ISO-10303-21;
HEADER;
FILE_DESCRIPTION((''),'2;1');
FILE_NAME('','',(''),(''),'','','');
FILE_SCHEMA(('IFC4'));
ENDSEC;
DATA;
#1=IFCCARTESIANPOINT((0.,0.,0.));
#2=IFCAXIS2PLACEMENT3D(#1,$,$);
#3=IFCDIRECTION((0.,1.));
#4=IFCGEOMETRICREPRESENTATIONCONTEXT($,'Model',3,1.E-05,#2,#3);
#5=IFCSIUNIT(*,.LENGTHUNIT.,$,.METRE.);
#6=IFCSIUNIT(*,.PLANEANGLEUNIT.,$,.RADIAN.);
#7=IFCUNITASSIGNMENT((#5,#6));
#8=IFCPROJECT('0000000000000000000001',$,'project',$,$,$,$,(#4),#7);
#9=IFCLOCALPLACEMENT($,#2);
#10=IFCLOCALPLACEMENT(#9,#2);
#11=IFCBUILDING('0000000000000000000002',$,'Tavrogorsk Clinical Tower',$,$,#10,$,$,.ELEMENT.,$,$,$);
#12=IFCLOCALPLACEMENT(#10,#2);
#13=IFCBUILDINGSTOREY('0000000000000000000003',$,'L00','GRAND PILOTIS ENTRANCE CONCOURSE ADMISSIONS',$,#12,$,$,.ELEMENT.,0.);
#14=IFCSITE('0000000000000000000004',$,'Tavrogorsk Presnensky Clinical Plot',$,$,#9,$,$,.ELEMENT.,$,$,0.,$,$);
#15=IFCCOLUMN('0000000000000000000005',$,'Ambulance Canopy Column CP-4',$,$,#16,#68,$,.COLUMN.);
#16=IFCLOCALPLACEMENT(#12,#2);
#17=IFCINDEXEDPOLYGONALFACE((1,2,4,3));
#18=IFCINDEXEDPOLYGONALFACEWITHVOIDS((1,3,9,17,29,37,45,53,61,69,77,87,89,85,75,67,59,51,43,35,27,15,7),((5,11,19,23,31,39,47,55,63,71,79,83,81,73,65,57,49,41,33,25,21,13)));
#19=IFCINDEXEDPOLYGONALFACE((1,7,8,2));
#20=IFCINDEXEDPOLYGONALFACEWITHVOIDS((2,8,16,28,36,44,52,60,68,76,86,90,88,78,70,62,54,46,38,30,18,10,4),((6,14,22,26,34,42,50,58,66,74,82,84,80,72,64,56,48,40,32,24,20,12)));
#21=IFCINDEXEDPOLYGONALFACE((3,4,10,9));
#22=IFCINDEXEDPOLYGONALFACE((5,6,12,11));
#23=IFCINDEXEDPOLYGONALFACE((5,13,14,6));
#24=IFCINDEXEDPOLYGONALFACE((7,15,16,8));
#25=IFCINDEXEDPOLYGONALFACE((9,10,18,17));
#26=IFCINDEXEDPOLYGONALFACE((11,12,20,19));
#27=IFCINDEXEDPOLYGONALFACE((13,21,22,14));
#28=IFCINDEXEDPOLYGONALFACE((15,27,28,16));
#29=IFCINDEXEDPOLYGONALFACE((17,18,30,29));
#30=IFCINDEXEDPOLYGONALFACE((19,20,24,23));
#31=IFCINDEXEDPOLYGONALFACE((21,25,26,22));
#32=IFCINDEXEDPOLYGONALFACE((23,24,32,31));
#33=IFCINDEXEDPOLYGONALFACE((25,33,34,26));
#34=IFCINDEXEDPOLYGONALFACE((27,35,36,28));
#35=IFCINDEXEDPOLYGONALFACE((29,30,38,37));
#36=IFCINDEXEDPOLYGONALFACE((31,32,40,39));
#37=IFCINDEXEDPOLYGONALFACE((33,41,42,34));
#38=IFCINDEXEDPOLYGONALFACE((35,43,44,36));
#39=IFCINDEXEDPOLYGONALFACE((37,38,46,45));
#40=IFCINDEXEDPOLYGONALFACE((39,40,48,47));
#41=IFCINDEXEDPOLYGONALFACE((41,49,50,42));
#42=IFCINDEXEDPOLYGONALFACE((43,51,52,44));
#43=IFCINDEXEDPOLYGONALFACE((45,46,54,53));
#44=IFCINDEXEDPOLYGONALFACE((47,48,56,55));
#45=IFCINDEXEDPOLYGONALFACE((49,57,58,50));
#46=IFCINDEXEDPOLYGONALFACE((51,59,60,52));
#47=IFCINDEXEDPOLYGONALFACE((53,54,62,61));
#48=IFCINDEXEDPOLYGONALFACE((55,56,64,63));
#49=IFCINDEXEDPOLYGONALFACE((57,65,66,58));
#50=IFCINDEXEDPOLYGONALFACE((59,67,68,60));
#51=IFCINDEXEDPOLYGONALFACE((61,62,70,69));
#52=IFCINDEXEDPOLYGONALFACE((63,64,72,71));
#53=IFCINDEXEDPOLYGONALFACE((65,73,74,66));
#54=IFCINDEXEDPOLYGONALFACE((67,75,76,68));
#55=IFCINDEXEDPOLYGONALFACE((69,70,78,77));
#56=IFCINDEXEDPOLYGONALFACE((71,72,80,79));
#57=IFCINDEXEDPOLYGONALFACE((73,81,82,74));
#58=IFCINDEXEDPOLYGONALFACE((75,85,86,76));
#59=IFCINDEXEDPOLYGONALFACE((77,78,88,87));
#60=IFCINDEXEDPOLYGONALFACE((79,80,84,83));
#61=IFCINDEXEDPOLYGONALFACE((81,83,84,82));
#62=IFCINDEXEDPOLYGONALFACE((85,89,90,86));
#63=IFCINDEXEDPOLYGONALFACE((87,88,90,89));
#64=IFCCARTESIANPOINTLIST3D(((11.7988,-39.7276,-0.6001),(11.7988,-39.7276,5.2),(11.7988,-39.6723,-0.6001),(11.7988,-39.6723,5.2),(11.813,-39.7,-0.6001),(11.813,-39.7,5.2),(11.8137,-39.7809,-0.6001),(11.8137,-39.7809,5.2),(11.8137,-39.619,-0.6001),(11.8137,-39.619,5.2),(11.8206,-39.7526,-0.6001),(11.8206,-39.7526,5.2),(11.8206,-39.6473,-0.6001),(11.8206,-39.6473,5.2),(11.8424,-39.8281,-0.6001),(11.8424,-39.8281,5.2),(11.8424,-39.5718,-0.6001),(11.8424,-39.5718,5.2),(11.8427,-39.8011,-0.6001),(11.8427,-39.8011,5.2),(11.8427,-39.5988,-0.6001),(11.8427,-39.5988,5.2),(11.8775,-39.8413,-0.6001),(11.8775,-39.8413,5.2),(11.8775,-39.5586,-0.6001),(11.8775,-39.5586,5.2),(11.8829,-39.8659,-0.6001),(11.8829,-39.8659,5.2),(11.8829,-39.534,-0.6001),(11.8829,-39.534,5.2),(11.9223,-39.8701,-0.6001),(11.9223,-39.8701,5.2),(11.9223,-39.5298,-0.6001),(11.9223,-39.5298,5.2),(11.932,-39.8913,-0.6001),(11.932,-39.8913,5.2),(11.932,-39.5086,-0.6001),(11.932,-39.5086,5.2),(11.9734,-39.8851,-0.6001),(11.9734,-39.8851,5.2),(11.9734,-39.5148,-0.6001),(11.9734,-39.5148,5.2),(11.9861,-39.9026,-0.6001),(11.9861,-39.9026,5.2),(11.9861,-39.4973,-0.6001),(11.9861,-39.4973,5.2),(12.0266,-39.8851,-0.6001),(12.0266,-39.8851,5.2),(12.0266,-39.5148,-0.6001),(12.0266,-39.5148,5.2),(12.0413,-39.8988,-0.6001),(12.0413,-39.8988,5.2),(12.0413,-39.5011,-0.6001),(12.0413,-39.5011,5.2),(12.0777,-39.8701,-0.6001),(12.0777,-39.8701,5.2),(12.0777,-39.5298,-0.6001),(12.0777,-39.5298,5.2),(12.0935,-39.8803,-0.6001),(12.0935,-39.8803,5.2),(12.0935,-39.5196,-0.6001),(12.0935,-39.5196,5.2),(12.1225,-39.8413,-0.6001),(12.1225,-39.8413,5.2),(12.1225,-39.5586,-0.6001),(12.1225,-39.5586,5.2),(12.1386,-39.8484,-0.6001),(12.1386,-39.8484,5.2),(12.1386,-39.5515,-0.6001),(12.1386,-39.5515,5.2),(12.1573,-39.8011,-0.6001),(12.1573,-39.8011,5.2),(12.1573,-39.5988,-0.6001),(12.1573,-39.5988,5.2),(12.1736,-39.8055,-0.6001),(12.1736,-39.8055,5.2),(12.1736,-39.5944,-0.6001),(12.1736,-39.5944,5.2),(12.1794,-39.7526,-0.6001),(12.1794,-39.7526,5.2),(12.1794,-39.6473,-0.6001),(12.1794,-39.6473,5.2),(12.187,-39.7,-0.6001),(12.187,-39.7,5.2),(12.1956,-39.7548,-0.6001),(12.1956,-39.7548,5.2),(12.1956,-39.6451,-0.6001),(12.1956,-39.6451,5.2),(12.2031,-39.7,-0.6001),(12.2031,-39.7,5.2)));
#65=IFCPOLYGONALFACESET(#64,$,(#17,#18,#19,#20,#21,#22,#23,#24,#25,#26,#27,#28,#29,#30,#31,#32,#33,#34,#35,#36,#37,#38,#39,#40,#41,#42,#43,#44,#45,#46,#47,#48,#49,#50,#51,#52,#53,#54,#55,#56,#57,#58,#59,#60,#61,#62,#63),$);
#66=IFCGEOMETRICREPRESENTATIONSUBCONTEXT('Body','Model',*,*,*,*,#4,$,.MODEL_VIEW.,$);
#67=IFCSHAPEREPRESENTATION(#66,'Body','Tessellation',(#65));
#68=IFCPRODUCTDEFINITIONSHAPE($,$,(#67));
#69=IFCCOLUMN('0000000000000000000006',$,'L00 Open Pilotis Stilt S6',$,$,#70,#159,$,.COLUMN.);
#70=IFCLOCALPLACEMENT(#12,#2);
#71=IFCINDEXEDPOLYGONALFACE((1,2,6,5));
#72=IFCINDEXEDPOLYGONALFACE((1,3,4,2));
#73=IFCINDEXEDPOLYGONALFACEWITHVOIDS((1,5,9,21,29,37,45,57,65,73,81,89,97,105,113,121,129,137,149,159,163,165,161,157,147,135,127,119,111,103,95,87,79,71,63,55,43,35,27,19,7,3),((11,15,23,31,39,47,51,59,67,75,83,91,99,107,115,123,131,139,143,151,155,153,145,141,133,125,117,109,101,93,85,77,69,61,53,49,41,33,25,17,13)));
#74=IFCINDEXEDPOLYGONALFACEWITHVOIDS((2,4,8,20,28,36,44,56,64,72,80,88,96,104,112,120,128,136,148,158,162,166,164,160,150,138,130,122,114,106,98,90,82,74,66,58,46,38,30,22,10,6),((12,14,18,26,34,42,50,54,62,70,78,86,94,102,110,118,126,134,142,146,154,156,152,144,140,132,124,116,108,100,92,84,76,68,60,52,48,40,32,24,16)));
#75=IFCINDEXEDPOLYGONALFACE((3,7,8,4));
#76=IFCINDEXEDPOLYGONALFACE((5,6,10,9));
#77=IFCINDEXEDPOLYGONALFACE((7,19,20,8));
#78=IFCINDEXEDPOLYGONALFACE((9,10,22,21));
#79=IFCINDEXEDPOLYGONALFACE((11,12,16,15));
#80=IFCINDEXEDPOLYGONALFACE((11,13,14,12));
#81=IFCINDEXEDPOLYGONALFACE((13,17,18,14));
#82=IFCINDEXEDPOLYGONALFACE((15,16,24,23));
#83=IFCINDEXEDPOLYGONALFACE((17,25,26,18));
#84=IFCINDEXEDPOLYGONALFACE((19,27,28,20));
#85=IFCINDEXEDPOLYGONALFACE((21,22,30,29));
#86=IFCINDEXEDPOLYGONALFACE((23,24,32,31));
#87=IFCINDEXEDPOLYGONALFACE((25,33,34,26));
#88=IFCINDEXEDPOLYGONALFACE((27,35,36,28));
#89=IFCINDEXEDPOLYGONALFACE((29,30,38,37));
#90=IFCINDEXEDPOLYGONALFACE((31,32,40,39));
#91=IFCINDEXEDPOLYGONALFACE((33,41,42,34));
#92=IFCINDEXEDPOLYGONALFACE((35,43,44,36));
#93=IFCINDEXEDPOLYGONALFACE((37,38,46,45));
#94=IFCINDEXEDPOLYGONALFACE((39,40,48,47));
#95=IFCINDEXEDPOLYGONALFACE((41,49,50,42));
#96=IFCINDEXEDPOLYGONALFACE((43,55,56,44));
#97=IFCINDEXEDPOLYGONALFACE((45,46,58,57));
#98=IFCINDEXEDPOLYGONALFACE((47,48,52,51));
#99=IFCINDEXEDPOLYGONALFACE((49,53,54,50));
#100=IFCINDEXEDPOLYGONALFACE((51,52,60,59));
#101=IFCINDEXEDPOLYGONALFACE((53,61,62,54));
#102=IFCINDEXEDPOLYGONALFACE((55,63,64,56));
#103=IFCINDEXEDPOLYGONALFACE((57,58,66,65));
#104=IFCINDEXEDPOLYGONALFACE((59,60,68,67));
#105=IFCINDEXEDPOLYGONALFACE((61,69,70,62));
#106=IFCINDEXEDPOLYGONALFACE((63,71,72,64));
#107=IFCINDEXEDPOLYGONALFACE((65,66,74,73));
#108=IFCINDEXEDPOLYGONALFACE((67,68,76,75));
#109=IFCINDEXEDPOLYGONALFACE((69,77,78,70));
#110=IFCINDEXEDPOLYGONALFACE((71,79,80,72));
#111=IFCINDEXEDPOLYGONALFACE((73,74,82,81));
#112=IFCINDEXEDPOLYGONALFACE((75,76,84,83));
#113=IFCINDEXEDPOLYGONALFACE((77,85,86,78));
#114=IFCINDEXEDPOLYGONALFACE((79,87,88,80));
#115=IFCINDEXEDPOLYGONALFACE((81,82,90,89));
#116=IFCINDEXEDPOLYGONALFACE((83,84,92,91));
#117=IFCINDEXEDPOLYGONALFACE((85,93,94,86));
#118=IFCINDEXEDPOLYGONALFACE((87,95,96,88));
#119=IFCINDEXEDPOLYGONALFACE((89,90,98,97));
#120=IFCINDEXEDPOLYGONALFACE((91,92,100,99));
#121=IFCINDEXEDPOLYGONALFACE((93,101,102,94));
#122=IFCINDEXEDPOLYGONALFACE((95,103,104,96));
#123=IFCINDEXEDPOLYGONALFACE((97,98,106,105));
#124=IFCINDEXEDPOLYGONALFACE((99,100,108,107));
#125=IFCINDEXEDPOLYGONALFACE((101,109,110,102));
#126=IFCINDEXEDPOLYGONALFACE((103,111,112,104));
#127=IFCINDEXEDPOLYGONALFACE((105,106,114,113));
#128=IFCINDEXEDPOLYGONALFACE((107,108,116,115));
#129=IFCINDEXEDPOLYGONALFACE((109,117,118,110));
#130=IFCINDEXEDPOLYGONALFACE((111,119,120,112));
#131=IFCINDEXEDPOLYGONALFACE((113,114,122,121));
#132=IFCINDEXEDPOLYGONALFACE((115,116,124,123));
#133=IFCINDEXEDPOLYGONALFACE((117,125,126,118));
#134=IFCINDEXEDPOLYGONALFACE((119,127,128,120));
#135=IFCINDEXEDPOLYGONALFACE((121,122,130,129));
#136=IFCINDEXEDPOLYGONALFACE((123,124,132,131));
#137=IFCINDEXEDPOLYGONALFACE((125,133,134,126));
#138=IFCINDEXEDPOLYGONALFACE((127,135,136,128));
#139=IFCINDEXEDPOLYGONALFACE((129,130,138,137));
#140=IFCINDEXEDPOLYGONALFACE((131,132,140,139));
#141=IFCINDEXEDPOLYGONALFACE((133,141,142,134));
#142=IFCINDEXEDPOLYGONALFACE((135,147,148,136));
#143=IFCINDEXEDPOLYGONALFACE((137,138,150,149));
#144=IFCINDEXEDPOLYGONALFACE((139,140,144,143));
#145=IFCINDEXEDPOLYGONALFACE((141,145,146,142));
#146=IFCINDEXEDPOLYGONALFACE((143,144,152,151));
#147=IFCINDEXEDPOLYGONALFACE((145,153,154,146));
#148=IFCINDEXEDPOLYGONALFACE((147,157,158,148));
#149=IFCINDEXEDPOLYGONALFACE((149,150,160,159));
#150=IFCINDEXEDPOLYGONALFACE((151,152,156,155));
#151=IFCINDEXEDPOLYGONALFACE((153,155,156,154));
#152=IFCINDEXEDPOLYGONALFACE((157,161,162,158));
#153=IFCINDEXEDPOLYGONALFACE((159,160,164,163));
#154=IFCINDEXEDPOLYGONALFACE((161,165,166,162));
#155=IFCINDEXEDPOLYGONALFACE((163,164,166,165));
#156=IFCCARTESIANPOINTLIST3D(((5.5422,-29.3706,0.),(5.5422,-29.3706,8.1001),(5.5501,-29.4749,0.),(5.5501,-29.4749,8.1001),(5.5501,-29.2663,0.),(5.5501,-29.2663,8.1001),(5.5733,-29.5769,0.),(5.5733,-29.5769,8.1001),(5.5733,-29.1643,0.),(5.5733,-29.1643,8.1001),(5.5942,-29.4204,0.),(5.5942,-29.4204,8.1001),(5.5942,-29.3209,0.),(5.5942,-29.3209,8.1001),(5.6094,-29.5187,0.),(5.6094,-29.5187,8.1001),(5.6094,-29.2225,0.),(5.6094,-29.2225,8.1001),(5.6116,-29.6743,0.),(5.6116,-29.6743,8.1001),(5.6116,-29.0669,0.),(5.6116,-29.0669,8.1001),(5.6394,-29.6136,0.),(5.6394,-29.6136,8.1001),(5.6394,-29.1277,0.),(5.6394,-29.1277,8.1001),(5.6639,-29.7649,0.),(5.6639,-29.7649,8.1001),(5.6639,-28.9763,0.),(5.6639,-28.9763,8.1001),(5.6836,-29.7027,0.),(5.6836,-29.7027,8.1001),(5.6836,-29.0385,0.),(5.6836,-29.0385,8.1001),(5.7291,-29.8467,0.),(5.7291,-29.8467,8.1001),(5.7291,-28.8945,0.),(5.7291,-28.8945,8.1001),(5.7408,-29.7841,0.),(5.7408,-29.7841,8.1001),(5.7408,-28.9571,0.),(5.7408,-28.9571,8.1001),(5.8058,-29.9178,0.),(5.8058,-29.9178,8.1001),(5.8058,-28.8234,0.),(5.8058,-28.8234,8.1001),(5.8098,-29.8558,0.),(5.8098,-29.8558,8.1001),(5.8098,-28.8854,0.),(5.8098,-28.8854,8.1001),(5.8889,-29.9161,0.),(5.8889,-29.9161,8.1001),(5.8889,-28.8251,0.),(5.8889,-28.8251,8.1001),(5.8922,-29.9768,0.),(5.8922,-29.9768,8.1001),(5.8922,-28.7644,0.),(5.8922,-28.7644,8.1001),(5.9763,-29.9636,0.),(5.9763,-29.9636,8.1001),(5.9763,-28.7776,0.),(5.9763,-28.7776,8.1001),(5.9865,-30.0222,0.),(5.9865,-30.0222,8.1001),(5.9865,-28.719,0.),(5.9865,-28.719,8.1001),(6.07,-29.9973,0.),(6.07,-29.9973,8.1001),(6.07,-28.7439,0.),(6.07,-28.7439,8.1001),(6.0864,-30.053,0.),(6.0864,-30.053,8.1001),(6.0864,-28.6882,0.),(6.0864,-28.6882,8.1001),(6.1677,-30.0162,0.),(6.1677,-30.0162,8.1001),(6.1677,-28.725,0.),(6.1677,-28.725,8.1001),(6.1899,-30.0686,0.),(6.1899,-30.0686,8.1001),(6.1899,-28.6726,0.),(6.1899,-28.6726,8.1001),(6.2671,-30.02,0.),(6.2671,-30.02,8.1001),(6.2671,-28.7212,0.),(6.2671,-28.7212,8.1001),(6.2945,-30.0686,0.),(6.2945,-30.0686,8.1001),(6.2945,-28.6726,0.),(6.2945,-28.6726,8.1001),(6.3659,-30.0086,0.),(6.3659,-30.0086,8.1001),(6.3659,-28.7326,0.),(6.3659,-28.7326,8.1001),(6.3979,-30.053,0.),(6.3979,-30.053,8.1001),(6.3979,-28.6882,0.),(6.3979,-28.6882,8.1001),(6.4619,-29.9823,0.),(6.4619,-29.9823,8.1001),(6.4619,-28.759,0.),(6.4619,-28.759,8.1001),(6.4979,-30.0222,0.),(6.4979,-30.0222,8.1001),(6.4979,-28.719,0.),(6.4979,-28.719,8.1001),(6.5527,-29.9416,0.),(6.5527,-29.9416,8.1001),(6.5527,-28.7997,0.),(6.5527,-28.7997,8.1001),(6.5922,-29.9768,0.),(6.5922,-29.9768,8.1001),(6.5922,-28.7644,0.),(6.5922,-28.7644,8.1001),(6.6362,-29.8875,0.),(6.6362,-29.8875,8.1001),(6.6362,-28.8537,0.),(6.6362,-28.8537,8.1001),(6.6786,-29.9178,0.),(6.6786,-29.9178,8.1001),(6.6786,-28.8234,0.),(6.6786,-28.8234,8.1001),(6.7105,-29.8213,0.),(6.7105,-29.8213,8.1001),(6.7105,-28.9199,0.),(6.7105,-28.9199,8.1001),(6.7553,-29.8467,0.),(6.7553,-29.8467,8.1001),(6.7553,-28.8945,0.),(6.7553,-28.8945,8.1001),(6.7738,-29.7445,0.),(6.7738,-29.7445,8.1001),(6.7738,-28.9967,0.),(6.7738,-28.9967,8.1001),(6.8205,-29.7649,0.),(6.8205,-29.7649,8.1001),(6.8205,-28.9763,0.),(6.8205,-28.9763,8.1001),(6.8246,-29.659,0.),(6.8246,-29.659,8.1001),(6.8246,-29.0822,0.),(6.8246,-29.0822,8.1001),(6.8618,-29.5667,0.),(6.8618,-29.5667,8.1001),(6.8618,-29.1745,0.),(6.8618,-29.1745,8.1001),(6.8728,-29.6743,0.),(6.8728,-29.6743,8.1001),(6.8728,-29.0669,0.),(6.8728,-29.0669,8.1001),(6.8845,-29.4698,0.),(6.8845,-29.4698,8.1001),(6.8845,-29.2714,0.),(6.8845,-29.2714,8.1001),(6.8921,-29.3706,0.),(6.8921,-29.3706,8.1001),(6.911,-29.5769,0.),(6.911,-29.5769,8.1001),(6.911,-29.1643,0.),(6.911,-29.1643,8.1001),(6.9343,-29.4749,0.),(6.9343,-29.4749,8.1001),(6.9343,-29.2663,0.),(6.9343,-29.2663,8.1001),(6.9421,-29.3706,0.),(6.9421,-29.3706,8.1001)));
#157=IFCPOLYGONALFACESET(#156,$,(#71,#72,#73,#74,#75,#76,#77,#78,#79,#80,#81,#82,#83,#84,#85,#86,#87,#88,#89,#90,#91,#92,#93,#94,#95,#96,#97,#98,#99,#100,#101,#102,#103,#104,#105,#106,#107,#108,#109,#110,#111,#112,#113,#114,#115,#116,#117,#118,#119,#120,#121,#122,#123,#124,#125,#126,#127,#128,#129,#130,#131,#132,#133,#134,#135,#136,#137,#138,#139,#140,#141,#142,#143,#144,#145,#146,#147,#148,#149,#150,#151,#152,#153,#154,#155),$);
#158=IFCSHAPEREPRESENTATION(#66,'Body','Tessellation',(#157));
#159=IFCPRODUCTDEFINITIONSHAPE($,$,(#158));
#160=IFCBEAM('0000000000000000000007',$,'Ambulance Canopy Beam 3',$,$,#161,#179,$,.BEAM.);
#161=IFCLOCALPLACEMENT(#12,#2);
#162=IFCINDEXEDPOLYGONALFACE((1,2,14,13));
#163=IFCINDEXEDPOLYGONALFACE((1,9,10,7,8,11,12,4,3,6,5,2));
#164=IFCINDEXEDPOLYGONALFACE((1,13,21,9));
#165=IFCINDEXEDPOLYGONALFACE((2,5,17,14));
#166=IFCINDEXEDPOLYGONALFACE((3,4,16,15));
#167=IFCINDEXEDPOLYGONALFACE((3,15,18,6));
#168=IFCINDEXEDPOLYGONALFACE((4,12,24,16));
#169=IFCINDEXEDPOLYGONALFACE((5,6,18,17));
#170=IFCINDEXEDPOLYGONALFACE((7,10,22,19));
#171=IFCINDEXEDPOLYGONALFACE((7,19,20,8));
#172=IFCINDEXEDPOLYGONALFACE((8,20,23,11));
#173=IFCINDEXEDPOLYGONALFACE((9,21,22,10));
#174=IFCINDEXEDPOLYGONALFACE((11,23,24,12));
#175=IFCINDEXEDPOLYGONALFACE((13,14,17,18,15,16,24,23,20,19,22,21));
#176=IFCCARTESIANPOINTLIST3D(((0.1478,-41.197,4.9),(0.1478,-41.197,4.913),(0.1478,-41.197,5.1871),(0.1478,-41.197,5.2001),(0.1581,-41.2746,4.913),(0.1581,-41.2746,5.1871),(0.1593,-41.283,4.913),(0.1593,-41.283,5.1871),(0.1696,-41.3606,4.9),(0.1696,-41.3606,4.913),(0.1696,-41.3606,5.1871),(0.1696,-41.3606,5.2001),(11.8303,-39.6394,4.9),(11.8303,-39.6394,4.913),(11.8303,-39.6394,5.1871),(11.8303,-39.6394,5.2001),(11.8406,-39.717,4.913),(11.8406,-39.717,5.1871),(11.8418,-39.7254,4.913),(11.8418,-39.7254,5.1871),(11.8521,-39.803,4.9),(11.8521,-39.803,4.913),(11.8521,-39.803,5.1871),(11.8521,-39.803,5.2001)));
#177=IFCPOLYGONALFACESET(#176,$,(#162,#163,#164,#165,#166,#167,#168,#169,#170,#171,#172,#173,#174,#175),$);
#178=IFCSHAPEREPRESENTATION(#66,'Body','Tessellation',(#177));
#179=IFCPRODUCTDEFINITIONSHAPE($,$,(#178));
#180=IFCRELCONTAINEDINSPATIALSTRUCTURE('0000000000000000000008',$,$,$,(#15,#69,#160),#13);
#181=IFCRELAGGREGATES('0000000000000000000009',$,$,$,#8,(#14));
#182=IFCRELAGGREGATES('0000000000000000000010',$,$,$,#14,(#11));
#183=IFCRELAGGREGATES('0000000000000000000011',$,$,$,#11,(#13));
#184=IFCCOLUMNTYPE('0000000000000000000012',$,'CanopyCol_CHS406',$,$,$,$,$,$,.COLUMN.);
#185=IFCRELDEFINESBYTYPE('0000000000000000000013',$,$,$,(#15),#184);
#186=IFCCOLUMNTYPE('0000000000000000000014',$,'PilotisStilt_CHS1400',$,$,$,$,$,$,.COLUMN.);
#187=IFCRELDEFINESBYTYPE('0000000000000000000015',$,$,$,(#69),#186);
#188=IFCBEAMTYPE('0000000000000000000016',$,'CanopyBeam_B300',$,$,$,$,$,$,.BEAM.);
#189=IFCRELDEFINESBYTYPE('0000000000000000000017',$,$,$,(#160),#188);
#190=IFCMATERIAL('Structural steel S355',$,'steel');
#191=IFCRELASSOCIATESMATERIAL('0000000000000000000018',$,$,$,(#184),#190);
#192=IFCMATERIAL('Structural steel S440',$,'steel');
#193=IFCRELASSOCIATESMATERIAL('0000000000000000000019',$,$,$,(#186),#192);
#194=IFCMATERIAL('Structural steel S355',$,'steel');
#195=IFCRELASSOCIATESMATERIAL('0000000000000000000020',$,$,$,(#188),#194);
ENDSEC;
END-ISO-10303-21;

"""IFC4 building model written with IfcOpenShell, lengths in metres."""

from ifc_helpers import new_model, si_unit, direction, frame, origin, origin_2d, place, context, subcontext, project, spatial, hollow_circle, i_section, extrude, material, material_profile, profile_set, type_object, element, save


model = new_model("IFC4")

# Units and contexts
model_context = context("Model", 3, precision=1e-05, world=origin(), true_north=direction((0.0, 1.0)))
body_context = subcontext(model_context, "Body", "Model", "MODEL_VIEW")
ifc_project = project(units=[si_unit("LENGTHUNIT", "METRE"), si_unit("PLANEANGLEUNIT", "RADIAN")], contexts=[model_context])

# Site, building, storey
site_placement = place(None, origin())
site = spatial("IfcSite", under=ifc_project, at=site_placement, Name="Tavrogorsk Presnensky Clinical Plot", CompositionType="ELEMENT", RefElevation=0.0)
building_placement = place(site_placement, origin())
building = spatial("IfcBuilding", under=site, at=building_placement, Name="Tavrogorsk Clinical Tower", CompositionType="ELEMENT")
storey_placement = place(building_placement, origin())
storey = spatial("IfcBuildingStorey", under=building, at=storey_placement, Name="L00", Description="GRAND PILOTIS ENTRANCE CONCOURSE ADMISSIONS", CompositionType="ELEMENT", Elevation=0.0)

# Columns
ifc_material_1 = material(Name="Structural steel S355", Category="steel")
ifc_material_profile_1 = material_profile(ifc_material_1, hollow_circle(Radius=0.2031, WallThickness=0.0161, at=origin_2d()), Name="CHS-406.4x16")
ifc_profile_set_1 = profile_set([ifc_material_profile_1], Name="Structural steel S355")
column_type_1 = type_object("IfcColumnType", Name="CanopyCol_CHS406", PredefinedType="COLUMN", material=ifc_profile_set_1)
for number, where, z_axis, x_axis, name in (
    (1, (12.0, -39.7, -0.6001), (0.0, 0.0, 1.0), (1.0, 0.0, 0.0), "Ambulance Canopy Column CP-4"),
):
    element("IfcColumn", number, at=place(storey_placement, frame(where, z_axis=z_axis, x_axis=x_axis)), inside=storey, type_object=column_type_1, Name=name, PredefinedType="COLUMN", context=body_context, shape_type="SweptSolid", body=[
        extrude(hollow_circle(Radius=0.2031, WallThickness=0.0161, at=origin_2d()), origin(), (0.0, 0.0, 1.0), 5.8),
    ])
ifc_material_2 = material(Name="Structural steel S440", Category="steel")
ifc_material_profile_2 = material_profile(ifc_material_2, hollow_circle(Radius=0.7, WallThickness=0.05, at=origin_2d()), Name="CHS-1400x50")
ifc_profile_set_2 = profile_set([ifc_material_profile_2], Name="Structural steel S440")
column_type_2 = type_object("IfcColumnType", Name="PilotisStilt_CHS1400", PredefinedType="COLUMN", material=ifc_profile_set_2)
column_placement = place(storey_placement, frame((6.2422, -29.3706, 0.0), z_axis=(0.0, 0.0, 1.0), x_axis=(1.0, 0.0, 0.0)))
element("IfcColumn", 2, at=column_placement, inside=storey, type_object=column_type_2, Name="L00 Open Pilotis Stilt S6", PredefinedType="COLUMN", context=body_context, shape_type="SweptSolid", body=[
    extrude(hollow_circle(Radius=0.7, WallThickness=0.05, at=origin_2d()), origin(), (0.0, 0.0, 1.0), 8.1001),
])

# Beam
ifc_material_3 = material(Name="Structural steel S355", Category="steel")
ifc_material_profile_3 = material_profile(ifc_material_3, i_section(OverallWidth=0.165, OverallDepth=0.3, WebThickness=0.0085, FlangeThickness=0.0129, at=origin_2d()), Name="B-300x165x8.5x13")
ifc_profile_set_3 = profile_set([ifc_material_profile_3], Name="Structural steel S355")
beam_type_1 = type_object("IfcBeamType", Name="CanopyBeam_B300", PredefinedType="BEAM", material=ifc_profile_set_3)
beam_1_placement = place(storey_placement, frame((0.1587, -41.2788, 5.05), z_axis=(0.991229, 0.132158, 0.0), x_axis=(-0.132158, 0.991229, 0.0)))
element("IfcBeam", 3, at=beam_1_placement, inside=storey, type_object=beam_type_1, Name="Ambulance Canopy Beam 3", PredefinedType="BEAM", context=body_context, shape_type="SweptSolid", body=[
    extrude(i_section(OverallWidth=0.165, OverallDepth=0.3, WebThickness=0.0085, FlangeThickness=0.0129, at=origin_2d()), origin(), (0.0, 0.0, 1.0), 11.7859),
])

save(model, "model.ifc")
